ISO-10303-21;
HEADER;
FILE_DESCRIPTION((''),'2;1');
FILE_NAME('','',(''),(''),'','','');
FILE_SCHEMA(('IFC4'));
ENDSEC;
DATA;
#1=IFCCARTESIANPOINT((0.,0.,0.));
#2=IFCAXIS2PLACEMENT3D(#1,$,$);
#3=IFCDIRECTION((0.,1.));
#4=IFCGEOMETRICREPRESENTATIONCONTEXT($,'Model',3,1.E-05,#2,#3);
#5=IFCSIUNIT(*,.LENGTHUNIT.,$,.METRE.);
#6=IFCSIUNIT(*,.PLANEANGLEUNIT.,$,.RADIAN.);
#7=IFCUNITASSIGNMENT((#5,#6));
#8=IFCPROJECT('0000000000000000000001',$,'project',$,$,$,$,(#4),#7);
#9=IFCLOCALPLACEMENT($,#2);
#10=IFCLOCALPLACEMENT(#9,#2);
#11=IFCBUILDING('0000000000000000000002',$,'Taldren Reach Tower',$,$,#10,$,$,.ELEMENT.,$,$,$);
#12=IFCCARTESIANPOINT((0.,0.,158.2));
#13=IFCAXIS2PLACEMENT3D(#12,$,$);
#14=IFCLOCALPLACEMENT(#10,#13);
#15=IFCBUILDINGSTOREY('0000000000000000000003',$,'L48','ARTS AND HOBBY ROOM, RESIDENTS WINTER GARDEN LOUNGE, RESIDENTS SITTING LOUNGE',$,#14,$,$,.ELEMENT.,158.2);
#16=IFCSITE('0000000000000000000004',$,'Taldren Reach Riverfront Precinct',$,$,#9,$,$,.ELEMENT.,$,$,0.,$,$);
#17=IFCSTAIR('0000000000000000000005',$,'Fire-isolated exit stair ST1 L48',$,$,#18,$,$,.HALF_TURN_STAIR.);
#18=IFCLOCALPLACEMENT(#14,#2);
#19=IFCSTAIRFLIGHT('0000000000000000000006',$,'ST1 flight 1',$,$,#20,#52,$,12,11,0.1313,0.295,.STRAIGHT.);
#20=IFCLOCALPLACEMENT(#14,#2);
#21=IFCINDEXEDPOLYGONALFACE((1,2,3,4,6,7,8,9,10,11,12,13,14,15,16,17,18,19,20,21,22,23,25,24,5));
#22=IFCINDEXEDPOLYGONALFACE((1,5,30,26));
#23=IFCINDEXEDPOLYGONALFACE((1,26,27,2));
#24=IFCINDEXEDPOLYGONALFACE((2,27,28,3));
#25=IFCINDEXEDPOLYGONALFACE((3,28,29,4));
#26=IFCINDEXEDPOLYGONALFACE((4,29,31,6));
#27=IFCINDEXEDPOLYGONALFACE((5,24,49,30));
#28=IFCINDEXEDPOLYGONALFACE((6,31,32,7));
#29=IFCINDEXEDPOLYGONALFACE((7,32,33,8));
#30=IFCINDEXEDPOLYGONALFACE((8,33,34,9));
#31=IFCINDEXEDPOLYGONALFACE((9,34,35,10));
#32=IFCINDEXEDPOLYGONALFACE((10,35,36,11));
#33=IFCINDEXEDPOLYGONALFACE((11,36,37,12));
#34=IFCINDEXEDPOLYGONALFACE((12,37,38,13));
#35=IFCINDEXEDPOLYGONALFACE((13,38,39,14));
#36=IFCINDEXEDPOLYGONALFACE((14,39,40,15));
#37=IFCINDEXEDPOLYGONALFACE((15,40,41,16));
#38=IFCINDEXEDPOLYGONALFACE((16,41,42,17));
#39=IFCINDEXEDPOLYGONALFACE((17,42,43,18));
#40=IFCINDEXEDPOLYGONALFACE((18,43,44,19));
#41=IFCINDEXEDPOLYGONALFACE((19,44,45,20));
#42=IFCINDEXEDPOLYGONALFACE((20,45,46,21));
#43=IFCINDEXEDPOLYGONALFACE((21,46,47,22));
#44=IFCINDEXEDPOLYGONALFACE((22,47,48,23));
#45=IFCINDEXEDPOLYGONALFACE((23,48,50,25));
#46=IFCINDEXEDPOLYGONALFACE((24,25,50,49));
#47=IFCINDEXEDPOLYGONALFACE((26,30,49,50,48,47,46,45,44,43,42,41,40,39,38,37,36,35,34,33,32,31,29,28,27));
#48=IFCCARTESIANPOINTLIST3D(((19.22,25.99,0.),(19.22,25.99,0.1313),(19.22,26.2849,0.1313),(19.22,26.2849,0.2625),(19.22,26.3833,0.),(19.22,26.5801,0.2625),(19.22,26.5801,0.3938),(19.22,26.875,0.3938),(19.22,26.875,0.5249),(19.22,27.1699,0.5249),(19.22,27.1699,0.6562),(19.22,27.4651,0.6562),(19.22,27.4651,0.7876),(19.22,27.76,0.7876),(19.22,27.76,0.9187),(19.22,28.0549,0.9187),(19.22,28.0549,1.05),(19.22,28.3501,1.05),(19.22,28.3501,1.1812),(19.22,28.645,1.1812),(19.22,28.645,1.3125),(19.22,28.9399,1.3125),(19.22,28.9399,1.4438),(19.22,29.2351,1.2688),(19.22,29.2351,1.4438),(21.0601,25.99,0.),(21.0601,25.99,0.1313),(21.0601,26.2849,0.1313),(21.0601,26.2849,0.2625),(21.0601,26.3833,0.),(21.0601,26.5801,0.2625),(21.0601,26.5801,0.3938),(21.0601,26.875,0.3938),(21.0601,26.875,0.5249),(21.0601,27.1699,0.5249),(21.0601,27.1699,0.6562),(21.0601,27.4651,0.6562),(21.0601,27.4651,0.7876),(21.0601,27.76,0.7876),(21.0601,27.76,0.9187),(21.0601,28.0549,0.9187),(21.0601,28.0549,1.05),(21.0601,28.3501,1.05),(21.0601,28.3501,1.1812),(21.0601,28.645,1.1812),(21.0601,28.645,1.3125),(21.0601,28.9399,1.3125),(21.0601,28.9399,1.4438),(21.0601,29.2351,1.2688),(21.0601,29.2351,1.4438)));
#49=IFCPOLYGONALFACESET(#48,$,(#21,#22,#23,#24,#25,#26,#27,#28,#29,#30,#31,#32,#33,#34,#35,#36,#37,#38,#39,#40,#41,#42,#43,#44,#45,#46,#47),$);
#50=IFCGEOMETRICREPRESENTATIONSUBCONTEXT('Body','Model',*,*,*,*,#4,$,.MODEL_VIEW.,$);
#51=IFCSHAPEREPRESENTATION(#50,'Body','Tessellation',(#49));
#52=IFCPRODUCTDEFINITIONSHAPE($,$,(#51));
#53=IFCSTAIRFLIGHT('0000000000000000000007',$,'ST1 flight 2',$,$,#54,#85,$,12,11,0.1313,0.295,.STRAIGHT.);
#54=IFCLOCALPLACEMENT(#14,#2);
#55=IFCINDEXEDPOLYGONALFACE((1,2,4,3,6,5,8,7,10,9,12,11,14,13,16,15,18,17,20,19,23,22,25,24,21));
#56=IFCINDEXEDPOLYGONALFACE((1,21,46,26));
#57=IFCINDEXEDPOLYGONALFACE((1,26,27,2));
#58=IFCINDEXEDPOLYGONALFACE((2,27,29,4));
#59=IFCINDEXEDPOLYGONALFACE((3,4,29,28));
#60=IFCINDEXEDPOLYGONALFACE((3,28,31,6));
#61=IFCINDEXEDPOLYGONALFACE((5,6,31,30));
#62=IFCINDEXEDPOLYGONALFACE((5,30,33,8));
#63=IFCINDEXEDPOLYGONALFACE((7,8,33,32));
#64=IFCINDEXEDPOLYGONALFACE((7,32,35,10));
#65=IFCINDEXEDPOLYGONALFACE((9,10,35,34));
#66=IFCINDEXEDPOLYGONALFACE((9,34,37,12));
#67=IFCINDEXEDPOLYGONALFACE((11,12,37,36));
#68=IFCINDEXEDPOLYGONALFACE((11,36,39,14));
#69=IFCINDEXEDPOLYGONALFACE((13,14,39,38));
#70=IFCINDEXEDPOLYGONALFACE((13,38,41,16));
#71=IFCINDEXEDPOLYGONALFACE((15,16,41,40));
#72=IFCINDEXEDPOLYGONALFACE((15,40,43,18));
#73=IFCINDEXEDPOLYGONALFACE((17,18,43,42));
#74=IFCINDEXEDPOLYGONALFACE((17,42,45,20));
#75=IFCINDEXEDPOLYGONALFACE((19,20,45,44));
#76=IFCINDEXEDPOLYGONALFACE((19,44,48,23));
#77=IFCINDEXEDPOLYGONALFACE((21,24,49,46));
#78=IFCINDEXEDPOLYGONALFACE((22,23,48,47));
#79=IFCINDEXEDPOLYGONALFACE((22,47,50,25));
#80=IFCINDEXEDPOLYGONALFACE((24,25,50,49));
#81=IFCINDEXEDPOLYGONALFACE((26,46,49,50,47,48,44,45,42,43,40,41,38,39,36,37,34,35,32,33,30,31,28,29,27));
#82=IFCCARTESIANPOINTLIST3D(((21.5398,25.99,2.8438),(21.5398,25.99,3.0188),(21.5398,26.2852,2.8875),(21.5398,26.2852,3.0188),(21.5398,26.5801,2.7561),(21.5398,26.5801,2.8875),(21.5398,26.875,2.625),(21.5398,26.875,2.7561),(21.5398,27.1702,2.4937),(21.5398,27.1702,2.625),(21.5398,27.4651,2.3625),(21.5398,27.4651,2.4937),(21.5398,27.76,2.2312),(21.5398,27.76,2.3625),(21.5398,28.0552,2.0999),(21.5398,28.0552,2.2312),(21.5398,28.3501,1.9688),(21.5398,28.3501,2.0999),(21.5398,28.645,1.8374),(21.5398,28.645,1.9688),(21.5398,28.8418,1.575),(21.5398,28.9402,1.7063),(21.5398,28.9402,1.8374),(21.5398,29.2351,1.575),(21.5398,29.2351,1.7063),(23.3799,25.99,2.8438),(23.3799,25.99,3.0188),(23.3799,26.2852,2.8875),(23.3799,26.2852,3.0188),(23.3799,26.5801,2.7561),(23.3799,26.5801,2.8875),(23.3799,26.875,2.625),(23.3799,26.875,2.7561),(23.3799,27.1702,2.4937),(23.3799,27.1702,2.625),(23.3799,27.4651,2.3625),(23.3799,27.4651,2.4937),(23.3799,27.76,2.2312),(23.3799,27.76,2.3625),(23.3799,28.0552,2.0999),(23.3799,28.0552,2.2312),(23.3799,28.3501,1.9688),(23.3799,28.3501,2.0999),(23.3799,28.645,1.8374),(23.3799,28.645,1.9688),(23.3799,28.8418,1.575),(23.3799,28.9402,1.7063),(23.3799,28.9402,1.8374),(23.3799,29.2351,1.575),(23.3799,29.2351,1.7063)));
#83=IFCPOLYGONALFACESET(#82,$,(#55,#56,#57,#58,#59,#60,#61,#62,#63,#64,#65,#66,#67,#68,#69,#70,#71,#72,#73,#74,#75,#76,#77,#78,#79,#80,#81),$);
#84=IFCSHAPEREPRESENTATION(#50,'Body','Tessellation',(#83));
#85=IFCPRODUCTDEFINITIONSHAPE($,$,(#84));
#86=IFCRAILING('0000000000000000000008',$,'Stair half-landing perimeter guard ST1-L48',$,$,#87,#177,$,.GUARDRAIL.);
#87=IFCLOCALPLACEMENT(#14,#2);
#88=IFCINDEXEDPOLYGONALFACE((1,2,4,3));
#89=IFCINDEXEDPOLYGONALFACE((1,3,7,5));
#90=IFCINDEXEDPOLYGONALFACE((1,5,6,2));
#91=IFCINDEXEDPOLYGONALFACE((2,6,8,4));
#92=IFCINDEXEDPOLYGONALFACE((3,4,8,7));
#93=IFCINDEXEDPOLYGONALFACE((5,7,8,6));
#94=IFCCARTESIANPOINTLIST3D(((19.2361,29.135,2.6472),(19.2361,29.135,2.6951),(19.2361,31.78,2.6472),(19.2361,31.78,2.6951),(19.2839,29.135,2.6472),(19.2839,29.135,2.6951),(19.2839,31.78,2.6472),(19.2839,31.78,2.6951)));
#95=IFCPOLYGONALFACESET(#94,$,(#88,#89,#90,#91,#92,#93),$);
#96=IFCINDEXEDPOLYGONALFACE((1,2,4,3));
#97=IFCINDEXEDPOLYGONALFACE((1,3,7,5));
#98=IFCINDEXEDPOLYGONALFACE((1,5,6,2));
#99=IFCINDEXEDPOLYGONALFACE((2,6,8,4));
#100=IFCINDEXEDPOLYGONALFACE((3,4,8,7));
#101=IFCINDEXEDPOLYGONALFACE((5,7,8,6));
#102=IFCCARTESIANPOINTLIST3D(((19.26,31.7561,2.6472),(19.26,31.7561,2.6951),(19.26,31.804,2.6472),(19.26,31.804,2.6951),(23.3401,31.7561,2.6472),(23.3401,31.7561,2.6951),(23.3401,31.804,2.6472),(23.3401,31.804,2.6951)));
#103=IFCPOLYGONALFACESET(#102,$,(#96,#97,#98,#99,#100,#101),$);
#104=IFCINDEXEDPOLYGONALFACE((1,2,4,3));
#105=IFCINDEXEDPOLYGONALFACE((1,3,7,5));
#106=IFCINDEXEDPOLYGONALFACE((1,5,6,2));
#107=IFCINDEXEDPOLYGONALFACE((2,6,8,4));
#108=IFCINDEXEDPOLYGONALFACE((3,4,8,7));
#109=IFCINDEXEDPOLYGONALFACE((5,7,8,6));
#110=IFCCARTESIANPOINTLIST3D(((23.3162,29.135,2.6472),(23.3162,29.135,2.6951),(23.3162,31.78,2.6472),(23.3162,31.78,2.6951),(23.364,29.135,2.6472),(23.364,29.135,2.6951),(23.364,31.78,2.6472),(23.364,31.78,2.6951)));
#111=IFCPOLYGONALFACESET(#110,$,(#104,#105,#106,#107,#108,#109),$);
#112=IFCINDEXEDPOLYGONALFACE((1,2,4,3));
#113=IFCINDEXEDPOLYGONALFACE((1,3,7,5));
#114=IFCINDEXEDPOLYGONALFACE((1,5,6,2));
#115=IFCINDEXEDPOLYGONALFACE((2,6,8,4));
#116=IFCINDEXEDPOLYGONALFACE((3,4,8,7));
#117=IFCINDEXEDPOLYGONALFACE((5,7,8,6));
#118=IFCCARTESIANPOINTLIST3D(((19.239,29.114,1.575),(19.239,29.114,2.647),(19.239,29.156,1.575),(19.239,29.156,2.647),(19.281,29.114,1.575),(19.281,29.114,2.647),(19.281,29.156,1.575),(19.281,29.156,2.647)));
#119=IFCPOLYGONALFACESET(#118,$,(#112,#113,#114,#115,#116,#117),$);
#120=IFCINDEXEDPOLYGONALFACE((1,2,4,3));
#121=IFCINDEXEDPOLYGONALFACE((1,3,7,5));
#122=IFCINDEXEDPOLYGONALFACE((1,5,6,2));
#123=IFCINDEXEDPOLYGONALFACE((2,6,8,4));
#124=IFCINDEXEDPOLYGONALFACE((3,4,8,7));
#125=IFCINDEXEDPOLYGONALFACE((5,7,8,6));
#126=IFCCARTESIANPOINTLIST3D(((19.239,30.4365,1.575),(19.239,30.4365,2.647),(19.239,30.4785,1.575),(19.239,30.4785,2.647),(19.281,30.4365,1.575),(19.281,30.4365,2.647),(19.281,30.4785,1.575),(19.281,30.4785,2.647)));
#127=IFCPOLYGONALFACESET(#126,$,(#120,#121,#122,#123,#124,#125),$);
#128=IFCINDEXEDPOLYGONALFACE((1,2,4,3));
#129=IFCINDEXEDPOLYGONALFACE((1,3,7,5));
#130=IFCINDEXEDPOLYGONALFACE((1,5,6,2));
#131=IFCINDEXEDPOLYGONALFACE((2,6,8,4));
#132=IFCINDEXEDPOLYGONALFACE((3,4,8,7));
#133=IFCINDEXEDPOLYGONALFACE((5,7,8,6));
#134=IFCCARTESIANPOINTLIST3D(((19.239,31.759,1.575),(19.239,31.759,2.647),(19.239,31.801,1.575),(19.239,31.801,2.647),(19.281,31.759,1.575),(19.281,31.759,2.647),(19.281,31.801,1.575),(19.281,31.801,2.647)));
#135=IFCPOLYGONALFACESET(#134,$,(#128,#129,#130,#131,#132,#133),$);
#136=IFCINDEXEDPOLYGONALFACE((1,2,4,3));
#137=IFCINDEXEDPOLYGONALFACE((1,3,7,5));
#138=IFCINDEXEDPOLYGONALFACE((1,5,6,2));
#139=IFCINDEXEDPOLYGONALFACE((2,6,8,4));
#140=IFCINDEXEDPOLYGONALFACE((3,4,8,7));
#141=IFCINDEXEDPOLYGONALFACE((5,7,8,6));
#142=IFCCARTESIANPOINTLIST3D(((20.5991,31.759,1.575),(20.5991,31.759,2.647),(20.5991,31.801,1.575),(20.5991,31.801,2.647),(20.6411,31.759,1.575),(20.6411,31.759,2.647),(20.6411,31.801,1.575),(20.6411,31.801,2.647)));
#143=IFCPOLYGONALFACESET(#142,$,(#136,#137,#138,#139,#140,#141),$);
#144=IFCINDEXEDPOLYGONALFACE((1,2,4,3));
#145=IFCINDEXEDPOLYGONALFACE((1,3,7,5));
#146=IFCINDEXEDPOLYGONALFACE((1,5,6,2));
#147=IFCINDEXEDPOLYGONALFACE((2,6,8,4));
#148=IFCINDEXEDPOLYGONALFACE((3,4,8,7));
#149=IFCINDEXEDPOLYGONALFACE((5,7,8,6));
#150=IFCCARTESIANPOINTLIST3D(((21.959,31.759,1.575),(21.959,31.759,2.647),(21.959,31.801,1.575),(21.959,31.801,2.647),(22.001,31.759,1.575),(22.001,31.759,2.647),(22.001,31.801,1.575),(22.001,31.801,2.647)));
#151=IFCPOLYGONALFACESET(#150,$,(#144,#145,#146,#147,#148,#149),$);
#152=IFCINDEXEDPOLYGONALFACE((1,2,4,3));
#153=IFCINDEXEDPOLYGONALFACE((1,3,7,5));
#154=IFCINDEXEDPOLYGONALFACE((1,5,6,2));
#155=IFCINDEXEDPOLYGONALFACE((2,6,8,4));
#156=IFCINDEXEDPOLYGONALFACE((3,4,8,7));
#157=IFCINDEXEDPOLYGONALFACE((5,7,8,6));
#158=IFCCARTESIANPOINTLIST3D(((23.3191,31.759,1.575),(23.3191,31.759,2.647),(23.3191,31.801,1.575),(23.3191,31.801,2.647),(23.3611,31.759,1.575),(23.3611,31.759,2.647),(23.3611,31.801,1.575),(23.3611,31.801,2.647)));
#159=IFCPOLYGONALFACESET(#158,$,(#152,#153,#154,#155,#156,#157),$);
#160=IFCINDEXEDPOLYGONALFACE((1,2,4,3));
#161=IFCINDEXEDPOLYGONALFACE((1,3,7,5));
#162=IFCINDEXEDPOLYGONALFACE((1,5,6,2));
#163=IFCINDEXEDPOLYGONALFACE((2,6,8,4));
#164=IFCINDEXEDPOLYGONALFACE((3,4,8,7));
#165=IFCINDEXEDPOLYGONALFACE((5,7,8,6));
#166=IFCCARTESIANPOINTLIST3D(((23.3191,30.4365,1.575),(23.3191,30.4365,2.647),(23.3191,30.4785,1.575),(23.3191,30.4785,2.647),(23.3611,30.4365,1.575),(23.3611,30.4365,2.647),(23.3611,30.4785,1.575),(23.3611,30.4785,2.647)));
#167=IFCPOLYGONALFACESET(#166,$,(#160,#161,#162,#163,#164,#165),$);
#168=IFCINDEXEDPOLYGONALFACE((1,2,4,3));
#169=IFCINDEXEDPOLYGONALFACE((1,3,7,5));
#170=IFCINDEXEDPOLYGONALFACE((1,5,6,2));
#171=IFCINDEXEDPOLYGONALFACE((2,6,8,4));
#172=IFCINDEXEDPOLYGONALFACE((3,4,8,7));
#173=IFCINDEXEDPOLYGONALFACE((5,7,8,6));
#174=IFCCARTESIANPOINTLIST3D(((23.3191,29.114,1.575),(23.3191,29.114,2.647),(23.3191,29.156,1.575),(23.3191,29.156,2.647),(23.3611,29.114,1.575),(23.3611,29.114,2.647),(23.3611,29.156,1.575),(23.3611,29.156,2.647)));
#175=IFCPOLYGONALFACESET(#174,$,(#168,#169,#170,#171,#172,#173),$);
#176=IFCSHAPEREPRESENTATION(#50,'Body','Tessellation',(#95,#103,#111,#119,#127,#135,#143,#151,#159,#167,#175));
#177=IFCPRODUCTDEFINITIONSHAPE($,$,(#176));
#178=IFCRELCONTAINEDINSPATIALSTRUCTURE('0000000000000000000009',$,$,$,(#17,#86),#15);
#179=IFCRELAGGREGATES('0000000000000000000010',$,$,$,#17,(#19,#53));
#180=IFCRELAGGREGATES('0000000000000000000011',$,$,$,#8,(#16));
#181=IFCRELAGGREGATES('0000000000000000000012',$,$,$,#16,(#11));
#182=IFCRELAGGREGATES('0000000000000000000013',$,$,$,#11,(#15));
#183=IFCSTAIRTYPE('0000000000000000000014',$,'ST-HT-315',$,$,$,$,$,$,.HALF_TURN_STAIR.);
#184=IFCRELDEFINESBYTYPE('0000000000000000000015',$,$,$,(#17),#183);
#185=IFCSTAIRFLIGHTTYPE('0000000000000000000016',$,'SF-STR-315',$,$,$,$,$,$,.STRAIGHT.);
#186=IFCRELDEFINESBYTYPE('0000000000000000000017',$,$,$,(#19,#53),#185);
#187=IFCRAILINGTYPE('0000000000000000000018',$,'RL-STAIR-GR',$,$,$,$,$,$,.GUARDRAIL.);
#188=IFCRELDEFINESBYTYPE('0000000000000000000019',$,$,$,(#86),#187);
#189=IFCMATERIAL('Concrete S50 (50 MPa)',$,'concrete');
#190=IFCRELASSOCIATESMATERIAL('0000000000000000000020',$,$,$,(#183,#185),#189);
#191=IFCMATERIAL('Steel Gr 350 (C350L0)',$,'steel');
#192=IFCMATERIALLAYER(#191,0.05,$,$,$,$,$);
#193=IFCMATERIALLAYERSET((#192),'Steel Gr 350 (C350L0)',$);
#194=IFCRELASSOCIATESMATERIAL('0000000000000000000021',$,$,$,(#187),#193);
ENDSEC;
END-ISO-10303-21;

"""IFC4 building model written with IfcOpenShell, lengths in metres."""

from ifc_helpers import new_model, si_unit, direction, frame, origin, origin_2d, place, context, subcontext, project, spatial, polyline, rectangle, outline, extrude, material, layer, layer_set, type_object, element, aggregate, save


model = new_model("IFC4")

# Units and contexts
model_context = context("Model", 3, precision=1e-05, world=origin(), true_north=direction((0.0, 1.0)))
body_context = subcontext(model_context, "Body", "Model", "MODEL_VIEW")
ifc_project = project(units=[si_unit("LENGTHUNIT", "METRE"), si_unit("PLANEANGLEUNIT", "RADIAN")], contexts=[model_context])

# Site, building, storey
site_placement = place(None, origin())
site = spatial("IfcSite", under=ifc_project, at=site_placement, Name="Taldren Reach Riverfront Precinct", CompositionType="ELEMENT", RefElevation=0.0)
building_placement = place(site_placement, origin())
building = spatial("IfcBuilding", under=site, at=building_placement, Name="Taldren Reach Tower", CompositionType="ELEMENT")
storey_placement = place(building_placement, frame((0.0, 0.0, 158.2)))
storey = spatial("IfcBuildingStorey", under=building, at=storey_placement, Name="L48", Description="ARTS AND HOBBY ROOM, RESIDENTS WINTER GARDEN LOUNGE, RESIDENTS SITTING LOUNGE", CompositionType="ELEMENT", Elevation=158.2)

# Shared definitions
ifc_material_1 = material(Name="Steel Gr 350 (C350L0)", Category="steel")

# Stair, stair flights
ifc_material_2 = material(Name="Concrete S50 (50 MPa)", Category="concrete")
stair_type = type_object("IfcStairType", Name="ST-HT-315", PredefinedType="HALF_TURN_STAIR", material=ifc_material_2)
stair_placement = place(storey_placement, origin())
stair = element("IfcStair", 1, at=stair_placement, inside=storey, type_object=stair_type, Name="Fire-isolated exit stair ST1 L48", PredefinedType="HALF_TURN_STAIR")
stair_flight_type = type_object("IfcStairFlightType", Name="SF-STR-315", PredefinedType="STRAIGHT", material=ifc_material_2)
stair_flight_1_placement = place(storey_placement, frame((20.1399, 25.99, 0.0), z_axis=(0.0, 0.0, 1.0), x_axis=(0.0, 1.0, 0.0)))
stair_flight_1 = element("IfcStairFlight", 2, at=stair_flight_1_placement, type_object=stair_flight_type, Name="ST1 flight 1", NumberOfRisers=12, NumberOfTreads=11, PredefinedType="STRAIGHT", RiserHeight=0.1313, TreadLength=0.295, context=body_context, shape_type="SweptSolid", body=[
    extrude(outline(polyline([(0.0, 0.0), (0.0, 0.1313), (0.2949, 0.1313), (0.2949, 0.2625), (0.5901, 0.2625), (0.5901, 0.3938), (0.885, 0.3938), (0.885, 0.5249), (1.1799, 0.5249), (1.1799, 0.6562), (1.4751, 0.6562), (1.4751, 0.7876), (1.77, 0.7876), (1.77, 0.9187), (2.0649, 0.9187), (2.0649, 1.05), (2.3601, 1.05), (2.3601, 1.1812), (2.655, 1.1812), (2.655, 1.3125), (2.95, 1.3125), (2.95, 1.4438), (3.2451, 1.4438), (3.2451, 1.575), (3.2451, 1.2688), (0.3933, 0.0), (0.0, 0.0)])), frame((0.0, 0.9199, 0.0), z_axis=(0.0, -1.0, 0.0), x_axis=(1.0, 0.0, 0.0)), (0.0, 0.0, 1.0), 1.8401),
])
stair_flight_2_placement = place(storey_placement, frame((22.46, 29.2351, 1.575), z_axis=(0.0, 0.0, 1.0), x_axis=(0.0, -1.0, 0.0)))
stair_flight_2 = element("IfcStairFlight", 3, at=stair_flight_2_placement, type_object=stair_flight_type, Name="ST1 flight 2", NumberOfRisers=12, NumberOfTreads=11, PredefinedType="STRAIGHT", RiserHeight=0.1313, TreadLength=0.295, context=body_context, shape_type="SweptSolid", body=[
    extrude(outline(polyline([(0.0, 0.0), (0.0, 0.1313), (0.2949, 0.1313), (0.2949, 0.2625), (0.5901, 0.2625), (0.5901, 0.3938), (0.885, 0.3938), (0.885, 0.5249), (1.1799, 0.5249), (1.1799, 0.6562), (1.4751, 0.6562), (1.4751, 0.7876), (1.77, 0.7876), (1.77, 0.9187), (2.0649, 0.9187), (2.0649, 1.05), (2.3601, 1.05), (2.3601, 1.1812), (2.655, 1.1812), (2.655, 1.3125), (2.95, 1.3125), (2.95, 1.4438), (3.2451, 1.4438), (3.2451, 1.575), (3.2451, 1.2688), (0.3933, 0.0), (0.0, 0.0)])), frame((0.0, 0.9199, 0.0), z_axis=(0.0, -1.0, 0.0), x_axis=(1.0, 0.0, 0.0)), (0.0, 0.0, 1.0), 1.8401),
])
aggregate(stair, [stair_flight_1, stair_flight_2])

# Railing
ifc_layer_1 = layer(ifc_material_1, 0.05)
ifc_layer_set_1 = layer_set([ifc_layer_1], Name="Steel Gr 350 (C350L0)")
railing_type_1 = type_object("IfcRailingType", Name="RL-STAIR-GR", PredefinedType="GUARDRAIL", material=ifc_layer_set_1)
railing_1_placement = place(storey_placement, frame((19.26, 29.135, 1.575)))
element("IfcRailing", 4, at=railing_1_placement, inside=storey, type_object=railing_type_1, Name="Stair half-landing perimeter guard ST1-L48", PredefinedType="GUARDRAIL", context=body_context, shape_type="SweptSolid", body=[
    extrude(rectangle(XDim=0.0479, YDim=0.0479, at=origin_2d()), frame((0.0, 0.0, 1.0962), z_axis=(0.0, 1.0, 0.0), x_axis=(-1.0, 0.0, 0.0)), (0.0, 0.0, 1.0), 2.645),
    extrude(rectangle(XDim=0.0479, YDim=0.0479, at=origin_2d()), frame((0.0, 2.645, 1.0962), z_axis=(1.0, 0.0, 0.0), x_axis=(0.0, 1.0, 0.0)), (0.0, 0.0, 1.0), 4.0801),
    extrude(rectangle(XDim=0.0479, YDim=0.0479, at=origin_2d()), frame((4.0801, 2.645, 1.0962), z_axis=(0.0, -1.0, 0.0), x_axis=(1.0, 0.0, 0.0)), (0.0, 0.0, 1.0), 2.645),
    extrude(rectangle(XDim=0.042, YDim=0.042, at=origin_2d()), origin(), (0.0, 0.0, 1.0), 1.072),
    extrude(rectangle(XDim=0.042, YDim=0.042, at=origin_2d()), frame((0.0, 1.3225, 0.0)), (0.0, 0.0, 1.0), 1.072),
    extrude(rectangle(XDim=0.042, YDim=0.042, at=origin_2d()), frame((0.0, 2.645, 0.0)), (0.0, 0.0, 1.0), 1.072),
    extrude(rectangle(XDim=0.042, YDim=0.042, at=origin_2d()), frame((1.3601, 2.645, 0.0)), (0.0, 0.0, 1.0), 1.072),
    extrude(rectangle(XDim=0.042, YDim=0.042, at=origin_2d()), frame((2.72, 2.645, 0.0)), (0.0, 0.0, 1.0), 1.072),
    extrude(rectangle(XDim=0.042, YDim=0.042, at=origin_2d()), frame((4.0801, 2.645, 0.0)), (0.0, 0.0, 1.0), 1.072),
    extrude(rectangle(XDim=0.042, YDim=0.042, at=origin_2d()), frame((4.0801, 1.3225, 0.0)), (0.0, 0.0, 1.0), 1.072),
    extrude(rectangle(XDim=0.042, YDim=0.042, at=origin_2d()), frame((4.0801, 0.0, 0.0)), (0.0, 0.0, 1.0), 1.072),
])

save(model, "model.ifc")
